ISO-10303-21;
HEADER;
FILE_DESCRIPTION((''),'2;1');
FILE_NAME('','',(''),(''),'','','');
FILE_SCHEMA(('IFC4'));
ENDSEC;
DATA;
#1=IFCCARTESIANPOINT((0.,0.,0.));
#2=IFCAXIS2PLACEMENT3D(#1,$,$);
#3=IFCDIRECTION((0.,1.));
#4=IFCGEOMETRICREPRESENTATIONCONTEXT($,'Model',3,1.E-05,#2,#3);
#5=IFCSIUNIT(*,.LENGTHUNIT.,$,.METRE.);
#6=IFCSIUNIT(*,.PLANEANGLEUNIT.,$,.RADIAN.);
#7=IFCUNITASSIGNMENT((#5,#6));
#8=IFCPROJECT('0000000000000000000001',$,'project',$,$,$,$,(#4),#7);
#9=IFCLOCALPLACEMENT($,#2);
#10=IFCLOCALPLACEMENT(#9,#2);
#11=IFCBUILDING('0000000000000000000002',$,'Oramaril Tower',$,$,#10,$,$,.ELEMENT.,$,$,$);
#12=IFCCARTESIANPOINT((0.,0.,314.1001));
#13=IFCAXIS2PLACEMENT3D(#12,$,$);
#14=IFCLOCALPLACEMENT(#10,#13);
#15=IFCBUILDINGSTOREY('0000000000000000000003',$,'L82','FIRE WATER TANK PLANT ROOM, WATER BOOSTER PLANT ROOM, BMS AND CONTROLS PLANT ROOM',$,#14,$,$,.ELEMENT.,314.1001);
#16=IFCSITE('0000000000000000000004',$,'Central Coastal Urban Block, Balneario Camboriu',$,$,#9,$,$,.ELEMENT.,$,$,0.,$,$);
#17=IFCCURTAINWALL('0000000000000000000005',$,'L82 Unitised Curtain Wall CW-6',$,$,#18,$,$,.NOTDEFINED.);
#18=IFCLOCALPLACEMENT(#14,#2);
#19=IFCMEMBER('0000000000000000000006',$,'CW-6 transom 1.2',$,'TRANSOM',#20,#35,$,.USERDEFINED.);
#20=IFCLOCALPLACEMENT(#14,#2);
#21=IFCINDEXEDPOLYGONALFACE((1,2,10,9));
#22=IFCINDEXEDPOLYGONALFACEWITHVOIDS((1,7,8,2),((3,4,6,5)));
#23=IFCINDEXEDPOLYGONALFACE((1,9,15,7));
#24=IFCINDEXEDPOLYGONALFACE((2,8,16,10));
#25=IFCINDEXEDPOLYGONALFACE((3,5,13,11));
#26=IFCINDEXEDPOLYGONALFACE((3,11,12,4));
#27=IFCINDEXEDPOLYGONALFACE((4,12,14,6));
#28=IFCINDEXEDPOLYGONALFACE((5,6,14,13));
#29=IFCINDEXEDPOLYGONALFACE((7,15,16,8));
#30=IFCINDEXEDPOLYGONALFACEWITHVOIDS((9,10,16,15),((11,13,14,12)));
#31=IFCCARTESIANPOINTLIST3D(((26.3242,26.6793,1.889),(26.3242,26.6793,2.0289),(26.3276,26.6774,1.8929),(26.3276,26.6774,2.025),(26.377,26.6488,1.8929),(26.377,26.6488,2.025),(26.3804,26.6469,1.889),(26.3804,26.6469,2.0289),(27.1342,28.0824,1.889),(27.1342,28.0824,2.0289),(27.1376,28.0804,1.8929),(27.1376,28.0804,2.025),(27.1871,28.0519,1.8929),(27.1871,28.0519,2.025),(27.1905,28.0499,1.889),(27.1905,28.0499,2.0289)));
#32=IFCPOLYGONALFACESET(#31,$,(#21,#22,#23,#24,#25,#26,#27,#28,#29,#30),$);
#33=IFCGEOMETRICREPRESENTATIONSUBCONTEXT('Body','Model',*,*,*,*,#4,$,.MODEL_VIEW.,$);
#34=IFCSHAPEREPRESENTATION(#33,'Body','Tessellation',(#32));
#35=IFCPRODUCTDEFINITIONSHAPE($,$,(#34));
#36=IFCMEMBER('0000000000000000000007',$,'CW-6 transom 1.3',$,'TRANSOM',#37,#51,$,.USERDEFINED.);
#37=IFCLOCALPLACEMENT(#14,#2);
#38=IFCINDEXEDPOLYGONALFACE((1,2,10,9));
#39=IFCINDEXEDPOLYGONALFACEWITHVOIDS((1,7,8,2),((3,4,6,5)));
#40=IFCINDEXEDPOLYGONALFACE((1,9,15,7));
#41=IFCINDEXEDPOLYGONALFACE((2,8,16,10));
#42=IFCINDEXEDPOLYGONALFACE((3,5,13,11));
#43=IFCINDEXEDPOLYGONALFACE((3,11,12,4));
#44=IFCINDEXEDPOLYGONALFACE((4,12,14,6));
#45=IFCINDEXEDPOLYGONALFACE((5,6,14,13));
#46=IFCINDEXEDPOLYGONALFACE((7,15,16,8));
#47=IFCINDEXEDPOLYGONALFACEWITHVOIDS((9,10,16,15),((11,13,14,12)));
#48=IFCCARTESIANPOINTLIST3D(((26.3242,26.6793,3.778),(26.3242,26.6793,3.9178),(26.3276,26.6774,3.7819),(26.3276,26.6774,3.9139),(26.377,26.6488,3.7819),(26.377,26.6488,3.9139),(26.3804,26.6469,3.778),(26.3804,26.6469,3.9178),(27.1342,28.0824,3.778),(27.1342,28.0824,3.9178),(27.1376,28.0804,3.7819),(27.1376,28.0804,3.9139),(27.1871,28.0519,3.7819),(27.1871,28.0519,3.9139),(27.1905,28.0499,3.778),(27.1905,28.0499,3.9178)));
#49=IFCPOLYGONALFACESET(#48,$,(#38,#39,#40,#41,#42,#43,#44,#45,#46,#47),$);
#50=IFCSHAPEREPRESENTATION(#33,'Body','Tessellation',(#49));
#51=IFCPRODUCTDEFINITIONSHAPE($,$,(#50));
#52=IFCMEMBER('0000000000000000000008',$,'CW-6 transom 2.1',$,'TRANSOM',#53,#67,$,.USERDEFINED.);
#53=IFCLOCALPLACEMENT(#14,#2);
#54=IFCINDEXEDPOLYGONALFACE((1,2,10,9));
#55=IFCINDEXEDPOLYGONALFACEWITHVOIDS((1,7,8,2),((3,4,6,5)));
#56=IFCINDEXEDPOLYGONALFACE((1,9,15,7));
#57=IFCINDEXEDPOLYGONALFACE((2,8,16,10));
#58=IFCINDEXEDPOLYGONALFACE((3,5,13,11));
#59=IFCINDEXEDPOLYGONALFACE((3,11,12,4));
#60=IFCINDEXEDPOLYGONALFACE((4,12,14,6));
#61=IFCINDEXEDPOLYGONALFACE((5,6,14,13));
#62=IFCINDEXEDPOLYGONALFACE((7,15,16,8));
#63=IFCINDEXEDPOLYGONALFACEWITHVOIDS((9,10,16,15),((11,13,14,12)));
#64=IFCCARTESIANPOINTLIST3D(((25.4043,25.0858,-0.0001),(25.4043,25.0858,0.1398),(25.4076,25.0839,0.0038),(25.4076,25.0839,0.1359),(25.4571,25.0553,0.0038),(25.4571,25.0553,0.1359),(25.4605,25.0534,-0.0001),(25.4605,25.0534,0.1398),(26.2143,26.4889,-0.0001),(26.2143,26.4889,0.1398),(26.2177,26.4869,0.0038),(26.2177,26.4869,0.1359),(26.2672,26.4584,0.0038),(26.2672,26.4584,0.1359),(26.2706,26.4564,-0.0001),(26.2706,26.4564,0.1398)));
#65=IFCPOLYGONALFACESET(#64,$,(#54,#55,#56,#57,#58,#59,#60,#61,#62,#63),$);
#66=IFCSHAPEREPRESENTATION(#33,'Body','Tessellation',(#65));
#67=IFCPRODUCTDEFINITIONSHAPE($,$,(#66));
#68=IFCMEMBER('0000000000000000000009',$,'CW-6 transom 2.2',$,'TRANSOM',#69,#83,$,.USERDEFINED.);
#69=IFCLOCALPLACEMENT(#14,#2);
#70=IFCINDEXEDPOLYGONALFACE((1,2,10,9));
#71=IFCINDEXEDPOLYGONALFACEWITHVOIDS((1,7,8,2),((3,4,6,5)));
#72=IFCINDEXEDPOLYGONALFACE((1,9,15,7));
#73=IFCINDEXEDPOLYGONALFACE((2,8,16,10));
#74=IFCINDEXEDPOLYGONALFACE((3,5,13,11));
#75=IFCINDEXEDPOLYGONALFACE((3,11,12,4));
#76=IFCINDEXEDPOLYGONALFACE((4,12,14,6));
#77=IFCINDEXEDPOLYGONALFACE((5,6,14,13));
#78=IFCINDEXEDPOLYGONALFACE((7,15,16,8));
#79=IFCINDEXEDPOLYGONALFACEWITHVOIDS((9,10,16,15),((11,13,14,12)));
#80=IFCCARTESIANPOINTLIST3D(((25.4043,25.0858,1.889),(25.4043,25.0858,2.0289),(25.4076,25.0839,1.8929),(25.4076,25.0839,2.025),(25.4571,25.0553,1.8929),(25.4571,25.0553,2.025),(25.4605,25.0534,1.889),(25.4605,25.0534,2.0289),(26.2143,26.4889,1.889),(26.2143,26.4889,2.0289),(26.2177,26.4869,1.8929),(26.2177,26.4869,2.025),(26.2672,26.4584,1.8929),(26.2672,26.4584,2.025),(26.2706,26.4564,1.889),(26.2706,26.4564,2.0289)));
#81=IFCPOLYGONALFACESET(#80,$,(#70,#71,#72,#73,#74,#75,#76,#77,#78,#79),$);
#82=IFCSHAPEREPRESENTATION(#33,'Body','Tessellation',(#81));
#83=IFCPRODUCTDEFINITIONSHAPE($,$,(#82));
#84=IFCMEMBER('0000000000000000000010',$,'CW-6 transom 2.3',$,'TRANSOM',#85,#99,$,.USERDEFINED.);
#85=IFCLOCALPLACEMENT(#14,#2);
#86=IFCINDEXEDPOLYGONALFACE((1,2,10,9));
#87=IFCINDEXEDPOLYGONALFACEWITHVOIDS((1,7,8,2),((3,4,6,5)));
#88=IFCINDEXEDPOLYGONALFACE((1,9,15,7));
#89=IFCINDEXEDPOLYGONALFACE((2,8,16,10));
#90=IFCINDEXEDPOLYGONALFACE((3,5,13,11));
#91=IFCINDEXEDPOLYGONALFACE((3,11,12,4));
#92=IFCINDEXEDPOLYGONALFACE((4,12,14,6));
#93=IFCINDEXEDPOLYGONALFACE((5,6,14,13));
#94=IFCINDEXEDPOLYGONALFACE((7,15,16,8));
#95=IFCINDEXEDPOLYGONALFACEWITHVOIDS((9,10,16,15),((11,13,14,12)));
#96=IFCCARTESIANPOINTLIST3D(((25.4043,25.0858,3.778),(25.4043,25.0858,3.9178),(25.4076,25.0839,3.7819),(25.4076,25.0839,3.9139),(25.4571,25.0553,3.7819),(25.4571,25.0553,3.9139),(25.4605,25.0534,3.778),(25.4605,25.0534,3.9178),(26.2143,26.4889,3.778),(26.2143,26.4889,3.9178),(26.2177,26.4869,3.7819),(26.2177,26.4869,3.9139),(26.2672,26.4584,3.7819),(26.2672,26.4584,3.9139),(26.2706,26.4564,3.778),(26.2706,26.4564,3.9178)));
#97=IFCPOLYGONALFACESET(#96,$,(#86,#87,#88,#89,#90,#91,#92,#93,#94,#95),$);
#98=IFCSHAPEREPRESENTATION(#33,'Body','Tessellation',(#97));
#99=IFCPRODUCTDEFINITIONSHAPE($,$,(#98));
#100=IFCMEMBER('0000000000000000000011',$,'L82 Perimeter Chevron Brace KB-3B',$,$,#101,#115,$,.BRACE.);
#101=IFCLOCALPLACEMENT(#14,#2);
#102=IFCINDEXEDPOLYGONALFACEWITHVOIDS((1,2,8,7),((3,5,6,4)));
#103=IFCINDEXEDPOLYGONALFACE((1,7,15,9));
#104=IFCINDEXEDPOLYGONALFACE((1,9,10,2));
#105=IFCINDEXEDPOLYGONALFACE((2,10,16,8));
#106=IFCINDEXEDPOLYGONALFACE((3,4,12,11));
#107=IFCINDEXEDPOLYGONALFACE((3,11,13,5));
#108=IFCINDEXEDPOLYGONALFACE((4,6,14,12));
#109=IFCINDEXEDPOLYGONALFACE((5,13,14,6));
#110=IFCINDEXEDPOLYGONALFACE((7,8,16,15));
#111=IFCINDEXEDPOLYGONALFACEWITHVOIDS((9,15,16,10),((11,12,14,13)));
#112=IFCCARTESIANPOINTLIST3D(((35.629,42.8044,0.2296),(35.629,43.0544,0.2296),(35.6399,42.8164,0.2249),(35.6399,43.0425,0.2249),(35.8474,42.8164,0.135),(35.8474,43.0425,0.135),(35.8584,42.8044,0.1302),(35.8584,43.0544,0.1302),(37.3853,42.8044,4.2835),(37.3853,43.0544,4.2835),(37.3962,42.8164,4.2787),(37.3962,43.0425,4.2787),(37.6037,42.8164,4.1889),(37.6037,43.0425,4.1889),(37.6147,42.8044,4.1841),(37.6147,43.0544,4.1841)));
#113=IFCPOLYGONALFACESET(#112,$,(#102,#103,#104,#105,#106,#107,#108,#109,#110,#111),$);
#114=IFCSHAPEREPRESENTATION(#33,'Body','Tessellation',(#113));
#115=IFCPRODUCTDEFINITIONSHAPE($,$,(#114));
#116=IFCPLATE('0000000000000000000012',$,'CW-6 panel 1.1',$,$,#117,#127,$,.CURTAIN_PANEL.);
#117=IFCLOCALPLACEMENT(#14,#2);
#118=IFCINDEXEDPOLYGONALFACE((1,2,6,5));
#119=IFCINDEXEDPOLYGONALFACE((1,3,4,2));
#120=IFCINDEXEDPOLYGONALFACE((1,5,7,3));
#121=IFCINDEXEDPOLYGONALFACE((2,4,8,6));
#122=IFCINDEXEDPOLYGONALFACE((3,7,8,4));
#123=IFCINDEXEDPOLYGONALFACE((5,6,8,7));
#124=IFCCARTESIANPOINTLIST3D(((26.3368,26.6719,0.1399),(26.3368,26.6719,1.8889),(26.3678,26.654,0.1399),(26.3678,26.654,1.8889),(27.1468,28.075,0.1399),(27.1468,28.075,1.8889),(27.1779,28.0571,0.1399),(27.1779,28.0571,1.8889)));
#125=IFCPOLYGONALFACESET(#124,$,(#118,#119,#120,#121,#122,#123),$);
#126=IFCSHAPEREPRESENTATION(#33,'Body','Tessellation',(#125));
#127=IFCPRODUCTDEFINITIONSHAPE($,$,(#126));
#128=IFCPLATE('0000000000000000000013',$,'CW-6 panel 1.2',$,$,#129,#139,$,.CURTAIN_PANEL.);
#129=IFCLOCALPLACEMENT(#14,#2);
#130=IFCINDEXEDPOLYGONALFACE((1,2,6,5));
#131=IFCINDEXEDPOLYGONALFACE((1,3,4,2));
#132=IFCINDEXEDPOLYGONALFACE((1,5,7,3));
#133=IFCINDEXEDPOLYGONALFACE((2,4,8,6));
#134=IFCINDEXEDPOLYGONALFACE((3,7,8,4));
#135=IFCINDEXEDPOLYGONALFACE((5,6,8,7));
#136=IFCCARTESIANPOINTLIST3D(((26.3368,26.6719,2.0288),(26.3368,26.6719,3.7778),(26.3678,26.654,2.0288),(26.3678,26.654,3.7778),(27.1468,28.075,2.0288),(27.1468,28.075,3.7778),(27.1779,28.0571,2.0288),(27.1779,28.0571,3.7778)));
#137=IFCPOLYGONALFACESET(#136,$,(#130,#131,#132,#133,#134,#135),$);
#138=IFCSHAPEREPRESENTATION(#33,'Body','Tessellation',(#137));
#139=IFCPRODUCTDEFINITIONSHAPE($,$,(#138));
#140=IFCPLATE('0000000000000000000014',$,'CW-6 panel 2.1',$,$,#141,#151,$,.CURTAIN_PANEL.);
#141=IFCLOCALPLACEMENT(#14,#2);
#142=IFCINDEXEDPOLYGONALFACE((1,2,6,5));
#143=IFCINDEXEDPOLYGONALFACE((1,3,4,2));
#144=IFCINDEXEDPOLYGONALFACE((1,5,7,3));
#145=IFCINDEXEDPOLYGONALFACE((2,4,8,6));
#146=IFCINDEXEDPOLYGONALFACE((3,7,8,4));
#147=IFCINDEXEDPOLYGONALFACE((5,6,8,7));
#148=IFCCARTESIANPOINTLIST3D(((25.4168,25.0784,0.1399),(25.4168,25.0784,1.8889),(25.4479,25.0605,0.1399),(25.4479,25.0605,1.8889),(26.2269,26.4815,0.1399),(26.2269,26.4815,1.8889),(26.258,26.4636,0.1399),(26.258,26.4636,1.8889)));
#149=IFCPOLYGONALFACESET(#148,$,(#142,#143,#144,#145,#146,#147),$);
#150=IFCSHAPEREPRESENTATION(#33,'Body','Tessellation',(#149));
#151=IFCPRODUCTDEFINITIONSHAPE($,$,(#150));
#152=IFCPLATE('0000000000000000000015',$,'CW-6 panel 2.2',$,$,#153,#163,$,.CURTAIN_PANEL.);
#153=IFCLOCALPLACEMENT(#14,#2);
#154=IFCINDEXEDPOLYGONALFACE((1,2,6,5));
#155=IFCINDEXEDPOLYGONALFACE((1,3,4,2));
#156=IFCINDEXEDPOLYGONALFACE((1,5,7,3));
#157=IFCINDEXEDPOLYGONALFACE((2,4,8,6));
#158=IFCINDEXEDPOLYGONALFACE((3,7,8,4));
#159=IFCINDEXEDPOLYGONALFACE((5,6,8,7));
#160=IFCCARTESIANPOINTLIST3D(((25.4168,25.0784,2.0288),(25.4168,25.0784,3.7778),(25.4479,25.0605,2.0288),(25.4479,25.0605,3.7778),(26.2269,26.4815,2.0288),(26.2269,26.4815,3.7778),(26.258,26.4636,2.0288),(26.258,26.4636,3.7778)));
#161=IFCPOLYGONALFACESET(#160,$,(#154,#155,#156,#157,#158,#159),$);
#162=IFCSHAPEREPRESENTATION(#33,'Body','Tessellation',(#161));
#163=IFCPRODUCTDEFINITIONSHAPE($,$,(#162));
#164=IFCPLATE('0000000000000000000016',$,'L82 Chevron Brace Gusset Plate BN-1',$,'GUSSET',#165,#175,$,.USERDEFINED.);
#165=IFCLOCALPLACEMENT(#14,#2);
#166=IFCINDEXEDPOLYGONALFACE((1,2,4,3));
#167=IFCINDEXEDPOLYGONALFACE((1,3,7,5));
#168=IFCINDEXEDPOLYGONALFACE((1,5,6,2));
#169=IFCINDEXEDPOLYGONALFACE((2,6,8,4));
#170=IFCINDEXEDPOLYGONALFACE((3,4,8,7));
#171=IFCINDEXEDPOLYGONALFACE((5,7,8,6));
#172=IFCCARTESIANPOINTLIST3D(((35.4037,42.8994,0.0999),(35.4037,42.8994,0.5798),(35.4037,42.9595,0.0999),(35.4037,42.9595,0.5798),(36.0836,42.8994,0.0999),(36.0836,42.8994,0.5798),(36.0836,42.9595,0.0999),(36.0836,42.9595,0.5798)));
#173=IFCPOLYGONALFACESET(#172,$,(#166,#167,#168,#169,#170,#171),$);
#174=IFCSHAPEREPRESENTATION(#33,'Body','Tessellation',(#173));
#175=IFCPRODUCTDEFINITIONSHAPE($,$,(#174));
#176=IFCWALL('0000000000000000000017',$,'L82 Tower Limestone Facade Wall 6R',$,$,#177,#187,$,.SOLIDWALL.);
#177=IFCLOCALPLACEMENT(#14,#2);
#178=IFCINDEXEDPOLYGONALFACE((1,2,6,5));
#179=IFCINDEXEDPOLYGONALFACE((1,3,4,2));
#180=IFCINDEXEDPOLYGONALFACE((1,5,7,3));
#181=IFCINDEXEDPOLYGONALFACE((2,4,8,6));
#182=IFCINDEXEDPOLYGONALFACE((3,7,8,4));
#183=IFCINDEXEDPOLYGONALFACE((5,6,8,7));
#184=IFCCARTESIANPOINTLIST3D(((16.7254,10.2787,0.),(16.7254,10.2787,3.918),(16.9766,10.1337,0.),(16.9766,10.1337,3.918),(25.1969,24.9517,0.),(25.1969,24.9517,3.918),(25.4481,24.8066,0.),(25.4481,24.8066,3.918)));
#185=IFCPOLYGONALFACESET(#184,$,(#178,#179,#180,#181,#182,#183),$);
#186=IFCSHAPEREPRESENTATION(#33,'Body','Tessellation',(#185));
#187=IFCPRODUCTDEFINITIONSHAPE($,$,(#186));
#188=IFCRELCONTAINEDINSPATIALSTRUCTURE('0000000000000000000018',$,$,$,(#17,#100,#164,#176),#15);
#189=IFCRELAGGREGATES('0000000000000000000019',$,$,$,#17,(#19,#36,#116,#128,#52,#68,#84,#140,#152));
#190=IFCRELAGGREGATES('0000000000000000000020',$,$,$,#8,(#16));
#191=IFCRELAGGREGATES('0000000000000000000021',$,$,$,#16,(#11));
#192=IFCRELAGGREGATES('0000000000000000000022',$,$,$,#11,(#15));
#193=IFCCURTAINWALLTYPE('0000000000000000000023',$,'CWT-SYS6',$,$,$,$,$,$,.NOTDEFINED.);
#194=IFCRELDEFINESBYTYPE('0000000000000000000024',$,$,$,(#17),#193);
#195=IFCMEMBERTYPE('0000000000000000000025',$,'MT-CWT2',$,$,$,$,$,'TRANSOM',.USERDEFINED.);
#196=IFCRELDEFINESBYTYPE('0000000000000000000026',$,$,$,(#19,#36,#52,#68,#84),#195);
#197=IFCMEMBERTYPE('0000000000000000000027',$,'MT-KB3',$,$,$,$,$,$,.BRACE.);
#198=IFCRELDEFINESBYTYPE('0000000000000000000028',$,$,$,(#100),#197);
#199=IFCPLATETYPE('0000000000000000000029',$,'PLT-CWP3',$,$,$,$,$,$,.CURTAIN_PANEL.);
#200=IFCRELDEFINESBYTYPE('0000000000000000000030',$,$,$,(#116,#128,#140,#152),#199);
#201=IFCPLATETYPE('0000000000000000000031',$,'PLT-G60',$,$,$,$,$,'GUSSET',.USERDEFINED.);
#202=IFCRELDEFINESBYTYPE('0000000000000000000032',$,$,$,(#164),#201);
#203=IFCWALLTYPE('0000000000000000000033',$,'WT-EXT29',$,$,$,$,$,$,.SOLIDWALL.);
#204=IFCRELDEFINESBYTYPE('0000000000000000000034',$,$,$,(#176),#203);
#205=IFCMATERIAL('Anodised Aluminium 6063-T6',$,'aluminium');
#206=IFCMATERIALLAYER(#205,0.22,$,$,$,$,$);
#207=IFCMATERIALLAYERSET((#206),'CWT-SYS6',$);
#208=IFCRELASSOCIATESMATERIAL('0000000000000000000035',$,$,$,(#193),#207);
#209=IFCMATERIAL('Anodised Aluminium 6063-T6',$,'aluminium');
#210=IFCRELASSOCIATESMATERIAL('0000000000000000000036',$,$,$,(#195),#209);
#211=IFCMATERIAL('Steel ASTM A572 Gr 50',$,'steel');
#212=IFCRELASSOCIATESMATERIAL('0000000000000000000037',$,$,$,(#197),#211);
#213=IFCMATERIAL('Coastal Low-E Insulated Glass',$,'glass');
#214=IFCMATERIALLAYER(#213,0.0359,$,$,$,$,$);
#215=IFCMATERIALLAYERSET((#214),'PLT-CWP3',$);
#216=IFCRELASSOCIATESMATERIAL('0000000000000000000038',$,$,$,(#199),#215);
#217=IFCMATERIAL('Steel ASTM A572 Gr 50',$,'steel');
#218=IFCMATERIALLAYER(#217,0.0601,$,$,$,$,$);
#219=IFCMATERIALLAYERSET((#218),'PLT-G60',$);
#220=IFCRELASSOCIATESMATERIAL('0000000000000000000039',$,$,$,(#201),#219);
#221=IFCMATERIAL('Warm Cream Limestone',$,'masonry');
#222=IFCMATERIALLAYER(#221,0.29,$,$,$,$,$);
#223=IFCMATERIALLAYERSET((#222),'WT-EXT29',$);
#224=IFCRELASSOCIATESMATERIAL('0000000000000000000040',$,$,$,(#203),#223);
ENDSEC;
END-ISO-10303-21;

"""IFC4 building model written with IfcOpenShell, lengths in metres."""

from ifc_helpers import new_model, si_unit, direction, frame, frame_2d, origin, origin_2d, place, context, subcontext, project, spatial, rectangle, hollow_rectangle, extrude, material, layer, layer_set, material_profile, profile_set, type_object, element, aggregate, save


model = new_model("IFC4")

# Units and contexts
model_context = context("Model", 3, precision=1e-05, world=origin(), true_north=direction((0.0, 1.0)))
body_context = subcontext(model_context, "Body", "Model", "MODEL_VIEW")
ifc_project = project(units=[si_unit("LENGTHUNIT", "METRE"), si_unit("PLANEANGLEUNIT", "RADIAN")], contexts=[model_context])

# Site, building, storey
site_placement = place(None, origin())
site = spatial("IfcSite", under=ifc_project, at=site_placement, Name="Central Coastal Urban Block, Balneario Camboriu", CompositionType="ELEMENT", RefElevation=0.0)
building_placement = place(site_placement, origin())
building = spatial("IfcBuilding", under=site, at=building_placement, Name="Oramaril Tower", CompositionType="ELEMENT")
storey_placement = place(building_placement, frame((0.0, 0.0, 314.1001)))
storey = spatial("IfcBuildingStorey", under=building, at=storey_placement, Name="L82", Description="FIRE WATER TANK PLANT ROOM, WATER BOOSTER PLANT ROOM, BMS AND CONTROLS PLANT ROOM", CompositionType="ELEMENT", Elevation=314.1001)

# Curtain wall, members
ifc_material_1 = material(Name="Anodised Aluminium 6063-T6", Category="aluminium")
ifc_layer_1 = layer(ifc_material_1, 0.22)
ifc_layer_set_1 = layer_set([ifc_layer_1], Name="CWT-SYS6")
curtain_wall_type = type_object("IfcCurtainWallType", Name="CWT-SYS6", PredefinedType="NOTDEFINED", material=ifc_layer_set_1)
curtain_wall_placement = place(storey_placement, origin())
curtain_wall = element("IfcCurtainWall", 1, at=curtain_wall_placement, inside=storey, type_object=curtain_wall_type, Name="L82 Unitised Curtain Wall CW-6", PredefinedType="NOTDEFINED")
ifc_material_2 = material(Name="Anodised Aluminium 6063-T6", Category="aluminium")
ifc_material_profile_1 = material_profile(ifc_material_2, hollow_rectangle(XDim=0.0649, YDim=0.1399, WallThickness=0.0039, at=origin_2d()), Name="CWT140X65")
ifc_profile_set_1 = profile_set([ifc_material_profile_1], Name="Anodised Aluminium 6063-T6")
member_type_1 = type_object("IfcMemberType", Name="MT-CWT2", ElementType="TRANSOM", PredefinedType="USERDEFINED", material=ifc_profile_set_1)
member_1_placement = place(storey_placement, frame((27.1624, 28.0662, 1.959), z_axis=(-0.499996, -0.866027, 0.0), x_axis=(0.866027, -0.499996, 0.0)))
member_1 = element("IfcMember", 2, at=member_1_placement, type_object=member_type_1, Name="CW-6 transom 1.2", ObjectType="TRANSOM", PredefinedType="USERDEFINED", context=body_context, shape_type="SweptSolid", body=[
    extrude(hollow_rectangle(XDim=0.0649, YDim=0.1399, WallThickness=0.0039, at=origin_2d()), origin(), (0.0, 0.0, 1.0), 1.6201),
])
member_2_placement = place(storey_placement, frame((27.1624, 28.0662, 3.8479), z_axis=(-0.499996, -0.866027, 0.0), x_axis=(0.866027, -0.499996, 0.0)))
member_2 = element("IfcMember", 3, at=member_2_placement, type_object=member_type_1, Name="CW-6 transom 1.3", ObjectType="TRANSOM", PredefinedType="USERDEFINED", context=body_context, shape_type="SweptSolid", body=[
    extrude(hollow_rectangle(XDim=0.0649, YDim=0.1399, WallThickness=0.0039, at=origin_2d()), origin(), (0.0, 0.0, 1.0), 1.6201),
])
member_3_placement = place(storey_placement, frame((26.2424, 26.4727, 0.0698), z_axis=(-0.499996, -0.866027, 0.0), x_axis=(0.866027, -0.499996, 0.0)))
member_3 = element("IfcMember", 4, at=member_3_placement, type_object=member_type_1, Name="CW-6 transom 2.1", ObjectType="TRANSOM", PredefinedType="USERDEFINED", context=body_context, shape_type="SweptSolid", body=[
    extrude(hollow_rectangle(XDim=0.0649, YDim=0.1399, WallThickness=0.0039, at=origin_2d()), origin(), (0.0, 0.0, 1.0), 1.6201),
])
member_4_placement = place(storey_placement, frame((26.2424, 26.4727, 1.959), z_axis=(-0.499996, -0.866027, 0.0), x_axis=(0.866027, -0.499996, 0.0)))
member_4 = element("IfcMember", 5, at=member_4_placement, type_object=member_type_1, Name="CW-6 transom 2.2", ObjectType="TRANSOM", PredefinedType="USERDEFINED", context=body_context, shape_type="SweptSolid", body=[
    extrude(hollow_rectangle(XDim=0.0649, YDim=0.1399, WallThickness=0.0039, at=origin_2d()), origin(), (0.0, 0.0, 1.0), 1.6201),
])
member_5_placement = place(storey_placement, frame((26.2424, 26.4727, 3.8479), z_axis=(-0.499996, -0.866027, 0.0), x_axis=(0.866027, -0.499996, 0.0)))
member_5 = element("IfcMember", 6, at=member_5_placement, type_object=member_type_1, Name="CW-6 transom 2.3", ObjectType="TRANSOM", PredefinedType="USERDEFINED", context=body_context, shape_type="SweptSolid", body=[
    extrude(hollow_rectangle(XDim=0.0649, YDim=0.1399, WallThickness=0.0039, at=origin_2d()), origin(), (0.0, 0.0, 1.0), 1.6201),
])

# Member
ifc_material_3 = material(Name="Steel ASTM A572 Gr 50", Category="steel")
ifc_material_profile_2 = material_profile(ifc_material_3, hollow_rectangle(XDim=0.25, YDim=0.25, WallThickness=0.012, at=origin_2d()), Name="HSS250X250X12")
ifc_profile_set_2 = profile_set([ifc_material_profile_2], Name="Steel ASTM A572 Gr 50")
member_type_2 = type_object("IfcMemberType", Name="MT-KB3", PredefinedType="BRACE", material=ifc_profile_set_2)
member_6_placement = place(storey_placement, frame((35.7437, 42.9294, 0.1799), z_axis=(0.397538, 0.0, 0.917586), x_axis=(0.0, 1.0, 0.0)))
element("IfcMember", 7, at=member_6_placement, inside=storey, type_object=member_type_2, Name="L82 Perimeter Chevron Brace KB-3B", PredefinedType="BRACE", context=body_context, shape_type="SweptSolid", body=[
    extrude(hollow_rectangle(XDim=0.25, YDim=0.25, WallThickness=0.012, at=origin_2d()), origin(), (0.0, 0.0, 1.0), 4.418),
])

# Plates
ifc_material_4 = material(Name="Coastal Low-E Insulated Glass", Category="glass")
ifc_layer_2 = layer(ifc_material_4, 0.0359)
ifc_layer_set_2 = layer_set([ifc_layer_2], Name="PLT-CWP3")
plate_type_1 = type_object("IfcPlateType", Name="PLT-CWP3", PredefinedType="CURTAIN_PANEL", material=ifc_layer_set_2)
plate_1_placement = place(storey_placement, frame((26.7573, 27.3645, 0.1399), z_axis=(0.0, 0.0, 1.0), x_axis=(-0.5, -0.866025, 0.0)))
plate_1 = element("IfcPlate", 8, at=plate_1_placement, type_object=plate_type_1, Name="CW-6 panel 1.1", PredefinedType="CURTAIN_PANEL", context=body_context, shape_type="SweptSolid", body=[
    extrude(rectangle(XDim=1.6201, YDim=0.0359, at=origin_2d()), origin(), (0.0, 0.0, 1.0), 1.749),
])
plate_2_placement = place(storey_placement, frame((26.7573, 27.3645, 2.0288), z_axis=(0.0, 0.0, 1.0), x_axis=(-0.5, -0.866025, 0.0)))
plate_2 = element("IfcPlate", 9, at=plate_2_placement, type_object=plate_type_1, Name="CW-6 panel 1.2", PredefinedType="CURTAIN_PANEL", context=body_context, shape_type="SweptSolid", body=[
    extrude(rectangle(XDim=1.6201, YDim=0.0359, at=origin_2d()), origin(), (0.0, 0.0, 1.0), 1.749),
])
plate_3_placement = place(storey_placement, frame((25.8374, 25.771, 0.1399), z_axis=(0.0, 0.0, 1.0), x_axis=(-0.5, -0.866025, 0.0)))
plate_3 = element("IfcPlate", 10, at=plate_3_placement, type_object=plate_type_1, Name="CW-6 panel 2.1", PredefinedType="CURTAIN_PANEL", context=body_context, shape_type="SweptSolid", body=[
    extrude(rectangle(XDim=1.6201, YDim=0.0359, at=origin_2d()), origin(), (0.0, 0.0, 1.0), 1.749),
])
plate_4_placement = place(storey_placement, frame((25.8374, 25.771, 2.0288), z_axis=(0.0, 0.0, 1.0), x_axis=(-0.5, -0.866025, 0.0)))
plate_4 = element("IfcPlate", 11, at=plate_4_placement, type_object=plate_type_1, Name="CW-6 panel 2.2", PredefinedType="CURTAIN_PANEL", context=body_context, shape_type="SweptSolid", body=[
    extrude(rectangle(XDim=1.6201, YDim=0.0359, at=origin_2d()), origin(), (0.0, 0.0, 1.0), 1.749),
])
aggregate(curtain_wall, [member_1, member_2, plate_1, plate_2, member_3, member_4, member_5, plate_3, plate_4])
ifc_material_5 = material(Name="Steel ASTM A572 Gr 50", Category="steel")
ifc_layer_3 = layer(ifc_material_5, 0.0601)
ifc_layer_set_3 = layer_set([ifc_layer_3], Name="PLT-G60")
plate_type_2 = type_object("IfcPlateType", Name="PLT-G60", ElementType="GUSSET", PredefinedType="USERDEFINED", material=ifc_layer_set_3)
plate_5_placement = place(storey_placement, frame((35.7437, 42.9294, 0.0999), z_axis=(0.0, 0.0, 1.0), x_axis=(-1.0, 0.0, 0.0)))
element("IfcPlate", 12, at=plate_5_placement, inside=storey, type_object=plate_type_2, Name="L82 Chevron Brace Gusset Plate BN-1", ObjectType="GUSSET", PredefinedType="USERDEFINED", context=body_context, shape_type="SweptSolid", body=[
    extrude(rectangle(XDim=0.6799, YDim=0.0601, at=origin_2d()), origin(), (0.0, 0.0, 1.0), 0.48),
])

# Wall
ifc_material_6 = material(Name="Warm Cream Limestone", Category="masonry")
ifc_layer_4 = layer(ifc_material_6, 0.29)
ifc_layer_set_4 = layer_set([ifc_layer_4], Name="WT-EXT29")
wall_type_1 = type_object("IfcWallType", Name="WT-EXT29", PredefinedType="SOLIDWALL", material=ifc_layer_set_4)
wall_1_placement = place(storey_placement, frame((25.3225, 24.8792, 0.0), z_axis=(0.0, 0.0, 1.0), x_axis=(-0.500003, -0.866024, 0.0)))
element("IfcWall", 13, at=wall_1_placement, inside=storey, type_object=wall_type_1, Name="L82 Tower Limestone Facade Wall 6R", PredefinedType="SOLIDWALL", context=body_context, shape_type="SweptSolid", body=[
    extrude(rectangle(XDim=16.9429, YDim=0.29, at=frame_2d((8.4714, 0.0))), origin(), (0.0, 0.0, 1.0), 3.918),
])

save(model, "model.ifc")
